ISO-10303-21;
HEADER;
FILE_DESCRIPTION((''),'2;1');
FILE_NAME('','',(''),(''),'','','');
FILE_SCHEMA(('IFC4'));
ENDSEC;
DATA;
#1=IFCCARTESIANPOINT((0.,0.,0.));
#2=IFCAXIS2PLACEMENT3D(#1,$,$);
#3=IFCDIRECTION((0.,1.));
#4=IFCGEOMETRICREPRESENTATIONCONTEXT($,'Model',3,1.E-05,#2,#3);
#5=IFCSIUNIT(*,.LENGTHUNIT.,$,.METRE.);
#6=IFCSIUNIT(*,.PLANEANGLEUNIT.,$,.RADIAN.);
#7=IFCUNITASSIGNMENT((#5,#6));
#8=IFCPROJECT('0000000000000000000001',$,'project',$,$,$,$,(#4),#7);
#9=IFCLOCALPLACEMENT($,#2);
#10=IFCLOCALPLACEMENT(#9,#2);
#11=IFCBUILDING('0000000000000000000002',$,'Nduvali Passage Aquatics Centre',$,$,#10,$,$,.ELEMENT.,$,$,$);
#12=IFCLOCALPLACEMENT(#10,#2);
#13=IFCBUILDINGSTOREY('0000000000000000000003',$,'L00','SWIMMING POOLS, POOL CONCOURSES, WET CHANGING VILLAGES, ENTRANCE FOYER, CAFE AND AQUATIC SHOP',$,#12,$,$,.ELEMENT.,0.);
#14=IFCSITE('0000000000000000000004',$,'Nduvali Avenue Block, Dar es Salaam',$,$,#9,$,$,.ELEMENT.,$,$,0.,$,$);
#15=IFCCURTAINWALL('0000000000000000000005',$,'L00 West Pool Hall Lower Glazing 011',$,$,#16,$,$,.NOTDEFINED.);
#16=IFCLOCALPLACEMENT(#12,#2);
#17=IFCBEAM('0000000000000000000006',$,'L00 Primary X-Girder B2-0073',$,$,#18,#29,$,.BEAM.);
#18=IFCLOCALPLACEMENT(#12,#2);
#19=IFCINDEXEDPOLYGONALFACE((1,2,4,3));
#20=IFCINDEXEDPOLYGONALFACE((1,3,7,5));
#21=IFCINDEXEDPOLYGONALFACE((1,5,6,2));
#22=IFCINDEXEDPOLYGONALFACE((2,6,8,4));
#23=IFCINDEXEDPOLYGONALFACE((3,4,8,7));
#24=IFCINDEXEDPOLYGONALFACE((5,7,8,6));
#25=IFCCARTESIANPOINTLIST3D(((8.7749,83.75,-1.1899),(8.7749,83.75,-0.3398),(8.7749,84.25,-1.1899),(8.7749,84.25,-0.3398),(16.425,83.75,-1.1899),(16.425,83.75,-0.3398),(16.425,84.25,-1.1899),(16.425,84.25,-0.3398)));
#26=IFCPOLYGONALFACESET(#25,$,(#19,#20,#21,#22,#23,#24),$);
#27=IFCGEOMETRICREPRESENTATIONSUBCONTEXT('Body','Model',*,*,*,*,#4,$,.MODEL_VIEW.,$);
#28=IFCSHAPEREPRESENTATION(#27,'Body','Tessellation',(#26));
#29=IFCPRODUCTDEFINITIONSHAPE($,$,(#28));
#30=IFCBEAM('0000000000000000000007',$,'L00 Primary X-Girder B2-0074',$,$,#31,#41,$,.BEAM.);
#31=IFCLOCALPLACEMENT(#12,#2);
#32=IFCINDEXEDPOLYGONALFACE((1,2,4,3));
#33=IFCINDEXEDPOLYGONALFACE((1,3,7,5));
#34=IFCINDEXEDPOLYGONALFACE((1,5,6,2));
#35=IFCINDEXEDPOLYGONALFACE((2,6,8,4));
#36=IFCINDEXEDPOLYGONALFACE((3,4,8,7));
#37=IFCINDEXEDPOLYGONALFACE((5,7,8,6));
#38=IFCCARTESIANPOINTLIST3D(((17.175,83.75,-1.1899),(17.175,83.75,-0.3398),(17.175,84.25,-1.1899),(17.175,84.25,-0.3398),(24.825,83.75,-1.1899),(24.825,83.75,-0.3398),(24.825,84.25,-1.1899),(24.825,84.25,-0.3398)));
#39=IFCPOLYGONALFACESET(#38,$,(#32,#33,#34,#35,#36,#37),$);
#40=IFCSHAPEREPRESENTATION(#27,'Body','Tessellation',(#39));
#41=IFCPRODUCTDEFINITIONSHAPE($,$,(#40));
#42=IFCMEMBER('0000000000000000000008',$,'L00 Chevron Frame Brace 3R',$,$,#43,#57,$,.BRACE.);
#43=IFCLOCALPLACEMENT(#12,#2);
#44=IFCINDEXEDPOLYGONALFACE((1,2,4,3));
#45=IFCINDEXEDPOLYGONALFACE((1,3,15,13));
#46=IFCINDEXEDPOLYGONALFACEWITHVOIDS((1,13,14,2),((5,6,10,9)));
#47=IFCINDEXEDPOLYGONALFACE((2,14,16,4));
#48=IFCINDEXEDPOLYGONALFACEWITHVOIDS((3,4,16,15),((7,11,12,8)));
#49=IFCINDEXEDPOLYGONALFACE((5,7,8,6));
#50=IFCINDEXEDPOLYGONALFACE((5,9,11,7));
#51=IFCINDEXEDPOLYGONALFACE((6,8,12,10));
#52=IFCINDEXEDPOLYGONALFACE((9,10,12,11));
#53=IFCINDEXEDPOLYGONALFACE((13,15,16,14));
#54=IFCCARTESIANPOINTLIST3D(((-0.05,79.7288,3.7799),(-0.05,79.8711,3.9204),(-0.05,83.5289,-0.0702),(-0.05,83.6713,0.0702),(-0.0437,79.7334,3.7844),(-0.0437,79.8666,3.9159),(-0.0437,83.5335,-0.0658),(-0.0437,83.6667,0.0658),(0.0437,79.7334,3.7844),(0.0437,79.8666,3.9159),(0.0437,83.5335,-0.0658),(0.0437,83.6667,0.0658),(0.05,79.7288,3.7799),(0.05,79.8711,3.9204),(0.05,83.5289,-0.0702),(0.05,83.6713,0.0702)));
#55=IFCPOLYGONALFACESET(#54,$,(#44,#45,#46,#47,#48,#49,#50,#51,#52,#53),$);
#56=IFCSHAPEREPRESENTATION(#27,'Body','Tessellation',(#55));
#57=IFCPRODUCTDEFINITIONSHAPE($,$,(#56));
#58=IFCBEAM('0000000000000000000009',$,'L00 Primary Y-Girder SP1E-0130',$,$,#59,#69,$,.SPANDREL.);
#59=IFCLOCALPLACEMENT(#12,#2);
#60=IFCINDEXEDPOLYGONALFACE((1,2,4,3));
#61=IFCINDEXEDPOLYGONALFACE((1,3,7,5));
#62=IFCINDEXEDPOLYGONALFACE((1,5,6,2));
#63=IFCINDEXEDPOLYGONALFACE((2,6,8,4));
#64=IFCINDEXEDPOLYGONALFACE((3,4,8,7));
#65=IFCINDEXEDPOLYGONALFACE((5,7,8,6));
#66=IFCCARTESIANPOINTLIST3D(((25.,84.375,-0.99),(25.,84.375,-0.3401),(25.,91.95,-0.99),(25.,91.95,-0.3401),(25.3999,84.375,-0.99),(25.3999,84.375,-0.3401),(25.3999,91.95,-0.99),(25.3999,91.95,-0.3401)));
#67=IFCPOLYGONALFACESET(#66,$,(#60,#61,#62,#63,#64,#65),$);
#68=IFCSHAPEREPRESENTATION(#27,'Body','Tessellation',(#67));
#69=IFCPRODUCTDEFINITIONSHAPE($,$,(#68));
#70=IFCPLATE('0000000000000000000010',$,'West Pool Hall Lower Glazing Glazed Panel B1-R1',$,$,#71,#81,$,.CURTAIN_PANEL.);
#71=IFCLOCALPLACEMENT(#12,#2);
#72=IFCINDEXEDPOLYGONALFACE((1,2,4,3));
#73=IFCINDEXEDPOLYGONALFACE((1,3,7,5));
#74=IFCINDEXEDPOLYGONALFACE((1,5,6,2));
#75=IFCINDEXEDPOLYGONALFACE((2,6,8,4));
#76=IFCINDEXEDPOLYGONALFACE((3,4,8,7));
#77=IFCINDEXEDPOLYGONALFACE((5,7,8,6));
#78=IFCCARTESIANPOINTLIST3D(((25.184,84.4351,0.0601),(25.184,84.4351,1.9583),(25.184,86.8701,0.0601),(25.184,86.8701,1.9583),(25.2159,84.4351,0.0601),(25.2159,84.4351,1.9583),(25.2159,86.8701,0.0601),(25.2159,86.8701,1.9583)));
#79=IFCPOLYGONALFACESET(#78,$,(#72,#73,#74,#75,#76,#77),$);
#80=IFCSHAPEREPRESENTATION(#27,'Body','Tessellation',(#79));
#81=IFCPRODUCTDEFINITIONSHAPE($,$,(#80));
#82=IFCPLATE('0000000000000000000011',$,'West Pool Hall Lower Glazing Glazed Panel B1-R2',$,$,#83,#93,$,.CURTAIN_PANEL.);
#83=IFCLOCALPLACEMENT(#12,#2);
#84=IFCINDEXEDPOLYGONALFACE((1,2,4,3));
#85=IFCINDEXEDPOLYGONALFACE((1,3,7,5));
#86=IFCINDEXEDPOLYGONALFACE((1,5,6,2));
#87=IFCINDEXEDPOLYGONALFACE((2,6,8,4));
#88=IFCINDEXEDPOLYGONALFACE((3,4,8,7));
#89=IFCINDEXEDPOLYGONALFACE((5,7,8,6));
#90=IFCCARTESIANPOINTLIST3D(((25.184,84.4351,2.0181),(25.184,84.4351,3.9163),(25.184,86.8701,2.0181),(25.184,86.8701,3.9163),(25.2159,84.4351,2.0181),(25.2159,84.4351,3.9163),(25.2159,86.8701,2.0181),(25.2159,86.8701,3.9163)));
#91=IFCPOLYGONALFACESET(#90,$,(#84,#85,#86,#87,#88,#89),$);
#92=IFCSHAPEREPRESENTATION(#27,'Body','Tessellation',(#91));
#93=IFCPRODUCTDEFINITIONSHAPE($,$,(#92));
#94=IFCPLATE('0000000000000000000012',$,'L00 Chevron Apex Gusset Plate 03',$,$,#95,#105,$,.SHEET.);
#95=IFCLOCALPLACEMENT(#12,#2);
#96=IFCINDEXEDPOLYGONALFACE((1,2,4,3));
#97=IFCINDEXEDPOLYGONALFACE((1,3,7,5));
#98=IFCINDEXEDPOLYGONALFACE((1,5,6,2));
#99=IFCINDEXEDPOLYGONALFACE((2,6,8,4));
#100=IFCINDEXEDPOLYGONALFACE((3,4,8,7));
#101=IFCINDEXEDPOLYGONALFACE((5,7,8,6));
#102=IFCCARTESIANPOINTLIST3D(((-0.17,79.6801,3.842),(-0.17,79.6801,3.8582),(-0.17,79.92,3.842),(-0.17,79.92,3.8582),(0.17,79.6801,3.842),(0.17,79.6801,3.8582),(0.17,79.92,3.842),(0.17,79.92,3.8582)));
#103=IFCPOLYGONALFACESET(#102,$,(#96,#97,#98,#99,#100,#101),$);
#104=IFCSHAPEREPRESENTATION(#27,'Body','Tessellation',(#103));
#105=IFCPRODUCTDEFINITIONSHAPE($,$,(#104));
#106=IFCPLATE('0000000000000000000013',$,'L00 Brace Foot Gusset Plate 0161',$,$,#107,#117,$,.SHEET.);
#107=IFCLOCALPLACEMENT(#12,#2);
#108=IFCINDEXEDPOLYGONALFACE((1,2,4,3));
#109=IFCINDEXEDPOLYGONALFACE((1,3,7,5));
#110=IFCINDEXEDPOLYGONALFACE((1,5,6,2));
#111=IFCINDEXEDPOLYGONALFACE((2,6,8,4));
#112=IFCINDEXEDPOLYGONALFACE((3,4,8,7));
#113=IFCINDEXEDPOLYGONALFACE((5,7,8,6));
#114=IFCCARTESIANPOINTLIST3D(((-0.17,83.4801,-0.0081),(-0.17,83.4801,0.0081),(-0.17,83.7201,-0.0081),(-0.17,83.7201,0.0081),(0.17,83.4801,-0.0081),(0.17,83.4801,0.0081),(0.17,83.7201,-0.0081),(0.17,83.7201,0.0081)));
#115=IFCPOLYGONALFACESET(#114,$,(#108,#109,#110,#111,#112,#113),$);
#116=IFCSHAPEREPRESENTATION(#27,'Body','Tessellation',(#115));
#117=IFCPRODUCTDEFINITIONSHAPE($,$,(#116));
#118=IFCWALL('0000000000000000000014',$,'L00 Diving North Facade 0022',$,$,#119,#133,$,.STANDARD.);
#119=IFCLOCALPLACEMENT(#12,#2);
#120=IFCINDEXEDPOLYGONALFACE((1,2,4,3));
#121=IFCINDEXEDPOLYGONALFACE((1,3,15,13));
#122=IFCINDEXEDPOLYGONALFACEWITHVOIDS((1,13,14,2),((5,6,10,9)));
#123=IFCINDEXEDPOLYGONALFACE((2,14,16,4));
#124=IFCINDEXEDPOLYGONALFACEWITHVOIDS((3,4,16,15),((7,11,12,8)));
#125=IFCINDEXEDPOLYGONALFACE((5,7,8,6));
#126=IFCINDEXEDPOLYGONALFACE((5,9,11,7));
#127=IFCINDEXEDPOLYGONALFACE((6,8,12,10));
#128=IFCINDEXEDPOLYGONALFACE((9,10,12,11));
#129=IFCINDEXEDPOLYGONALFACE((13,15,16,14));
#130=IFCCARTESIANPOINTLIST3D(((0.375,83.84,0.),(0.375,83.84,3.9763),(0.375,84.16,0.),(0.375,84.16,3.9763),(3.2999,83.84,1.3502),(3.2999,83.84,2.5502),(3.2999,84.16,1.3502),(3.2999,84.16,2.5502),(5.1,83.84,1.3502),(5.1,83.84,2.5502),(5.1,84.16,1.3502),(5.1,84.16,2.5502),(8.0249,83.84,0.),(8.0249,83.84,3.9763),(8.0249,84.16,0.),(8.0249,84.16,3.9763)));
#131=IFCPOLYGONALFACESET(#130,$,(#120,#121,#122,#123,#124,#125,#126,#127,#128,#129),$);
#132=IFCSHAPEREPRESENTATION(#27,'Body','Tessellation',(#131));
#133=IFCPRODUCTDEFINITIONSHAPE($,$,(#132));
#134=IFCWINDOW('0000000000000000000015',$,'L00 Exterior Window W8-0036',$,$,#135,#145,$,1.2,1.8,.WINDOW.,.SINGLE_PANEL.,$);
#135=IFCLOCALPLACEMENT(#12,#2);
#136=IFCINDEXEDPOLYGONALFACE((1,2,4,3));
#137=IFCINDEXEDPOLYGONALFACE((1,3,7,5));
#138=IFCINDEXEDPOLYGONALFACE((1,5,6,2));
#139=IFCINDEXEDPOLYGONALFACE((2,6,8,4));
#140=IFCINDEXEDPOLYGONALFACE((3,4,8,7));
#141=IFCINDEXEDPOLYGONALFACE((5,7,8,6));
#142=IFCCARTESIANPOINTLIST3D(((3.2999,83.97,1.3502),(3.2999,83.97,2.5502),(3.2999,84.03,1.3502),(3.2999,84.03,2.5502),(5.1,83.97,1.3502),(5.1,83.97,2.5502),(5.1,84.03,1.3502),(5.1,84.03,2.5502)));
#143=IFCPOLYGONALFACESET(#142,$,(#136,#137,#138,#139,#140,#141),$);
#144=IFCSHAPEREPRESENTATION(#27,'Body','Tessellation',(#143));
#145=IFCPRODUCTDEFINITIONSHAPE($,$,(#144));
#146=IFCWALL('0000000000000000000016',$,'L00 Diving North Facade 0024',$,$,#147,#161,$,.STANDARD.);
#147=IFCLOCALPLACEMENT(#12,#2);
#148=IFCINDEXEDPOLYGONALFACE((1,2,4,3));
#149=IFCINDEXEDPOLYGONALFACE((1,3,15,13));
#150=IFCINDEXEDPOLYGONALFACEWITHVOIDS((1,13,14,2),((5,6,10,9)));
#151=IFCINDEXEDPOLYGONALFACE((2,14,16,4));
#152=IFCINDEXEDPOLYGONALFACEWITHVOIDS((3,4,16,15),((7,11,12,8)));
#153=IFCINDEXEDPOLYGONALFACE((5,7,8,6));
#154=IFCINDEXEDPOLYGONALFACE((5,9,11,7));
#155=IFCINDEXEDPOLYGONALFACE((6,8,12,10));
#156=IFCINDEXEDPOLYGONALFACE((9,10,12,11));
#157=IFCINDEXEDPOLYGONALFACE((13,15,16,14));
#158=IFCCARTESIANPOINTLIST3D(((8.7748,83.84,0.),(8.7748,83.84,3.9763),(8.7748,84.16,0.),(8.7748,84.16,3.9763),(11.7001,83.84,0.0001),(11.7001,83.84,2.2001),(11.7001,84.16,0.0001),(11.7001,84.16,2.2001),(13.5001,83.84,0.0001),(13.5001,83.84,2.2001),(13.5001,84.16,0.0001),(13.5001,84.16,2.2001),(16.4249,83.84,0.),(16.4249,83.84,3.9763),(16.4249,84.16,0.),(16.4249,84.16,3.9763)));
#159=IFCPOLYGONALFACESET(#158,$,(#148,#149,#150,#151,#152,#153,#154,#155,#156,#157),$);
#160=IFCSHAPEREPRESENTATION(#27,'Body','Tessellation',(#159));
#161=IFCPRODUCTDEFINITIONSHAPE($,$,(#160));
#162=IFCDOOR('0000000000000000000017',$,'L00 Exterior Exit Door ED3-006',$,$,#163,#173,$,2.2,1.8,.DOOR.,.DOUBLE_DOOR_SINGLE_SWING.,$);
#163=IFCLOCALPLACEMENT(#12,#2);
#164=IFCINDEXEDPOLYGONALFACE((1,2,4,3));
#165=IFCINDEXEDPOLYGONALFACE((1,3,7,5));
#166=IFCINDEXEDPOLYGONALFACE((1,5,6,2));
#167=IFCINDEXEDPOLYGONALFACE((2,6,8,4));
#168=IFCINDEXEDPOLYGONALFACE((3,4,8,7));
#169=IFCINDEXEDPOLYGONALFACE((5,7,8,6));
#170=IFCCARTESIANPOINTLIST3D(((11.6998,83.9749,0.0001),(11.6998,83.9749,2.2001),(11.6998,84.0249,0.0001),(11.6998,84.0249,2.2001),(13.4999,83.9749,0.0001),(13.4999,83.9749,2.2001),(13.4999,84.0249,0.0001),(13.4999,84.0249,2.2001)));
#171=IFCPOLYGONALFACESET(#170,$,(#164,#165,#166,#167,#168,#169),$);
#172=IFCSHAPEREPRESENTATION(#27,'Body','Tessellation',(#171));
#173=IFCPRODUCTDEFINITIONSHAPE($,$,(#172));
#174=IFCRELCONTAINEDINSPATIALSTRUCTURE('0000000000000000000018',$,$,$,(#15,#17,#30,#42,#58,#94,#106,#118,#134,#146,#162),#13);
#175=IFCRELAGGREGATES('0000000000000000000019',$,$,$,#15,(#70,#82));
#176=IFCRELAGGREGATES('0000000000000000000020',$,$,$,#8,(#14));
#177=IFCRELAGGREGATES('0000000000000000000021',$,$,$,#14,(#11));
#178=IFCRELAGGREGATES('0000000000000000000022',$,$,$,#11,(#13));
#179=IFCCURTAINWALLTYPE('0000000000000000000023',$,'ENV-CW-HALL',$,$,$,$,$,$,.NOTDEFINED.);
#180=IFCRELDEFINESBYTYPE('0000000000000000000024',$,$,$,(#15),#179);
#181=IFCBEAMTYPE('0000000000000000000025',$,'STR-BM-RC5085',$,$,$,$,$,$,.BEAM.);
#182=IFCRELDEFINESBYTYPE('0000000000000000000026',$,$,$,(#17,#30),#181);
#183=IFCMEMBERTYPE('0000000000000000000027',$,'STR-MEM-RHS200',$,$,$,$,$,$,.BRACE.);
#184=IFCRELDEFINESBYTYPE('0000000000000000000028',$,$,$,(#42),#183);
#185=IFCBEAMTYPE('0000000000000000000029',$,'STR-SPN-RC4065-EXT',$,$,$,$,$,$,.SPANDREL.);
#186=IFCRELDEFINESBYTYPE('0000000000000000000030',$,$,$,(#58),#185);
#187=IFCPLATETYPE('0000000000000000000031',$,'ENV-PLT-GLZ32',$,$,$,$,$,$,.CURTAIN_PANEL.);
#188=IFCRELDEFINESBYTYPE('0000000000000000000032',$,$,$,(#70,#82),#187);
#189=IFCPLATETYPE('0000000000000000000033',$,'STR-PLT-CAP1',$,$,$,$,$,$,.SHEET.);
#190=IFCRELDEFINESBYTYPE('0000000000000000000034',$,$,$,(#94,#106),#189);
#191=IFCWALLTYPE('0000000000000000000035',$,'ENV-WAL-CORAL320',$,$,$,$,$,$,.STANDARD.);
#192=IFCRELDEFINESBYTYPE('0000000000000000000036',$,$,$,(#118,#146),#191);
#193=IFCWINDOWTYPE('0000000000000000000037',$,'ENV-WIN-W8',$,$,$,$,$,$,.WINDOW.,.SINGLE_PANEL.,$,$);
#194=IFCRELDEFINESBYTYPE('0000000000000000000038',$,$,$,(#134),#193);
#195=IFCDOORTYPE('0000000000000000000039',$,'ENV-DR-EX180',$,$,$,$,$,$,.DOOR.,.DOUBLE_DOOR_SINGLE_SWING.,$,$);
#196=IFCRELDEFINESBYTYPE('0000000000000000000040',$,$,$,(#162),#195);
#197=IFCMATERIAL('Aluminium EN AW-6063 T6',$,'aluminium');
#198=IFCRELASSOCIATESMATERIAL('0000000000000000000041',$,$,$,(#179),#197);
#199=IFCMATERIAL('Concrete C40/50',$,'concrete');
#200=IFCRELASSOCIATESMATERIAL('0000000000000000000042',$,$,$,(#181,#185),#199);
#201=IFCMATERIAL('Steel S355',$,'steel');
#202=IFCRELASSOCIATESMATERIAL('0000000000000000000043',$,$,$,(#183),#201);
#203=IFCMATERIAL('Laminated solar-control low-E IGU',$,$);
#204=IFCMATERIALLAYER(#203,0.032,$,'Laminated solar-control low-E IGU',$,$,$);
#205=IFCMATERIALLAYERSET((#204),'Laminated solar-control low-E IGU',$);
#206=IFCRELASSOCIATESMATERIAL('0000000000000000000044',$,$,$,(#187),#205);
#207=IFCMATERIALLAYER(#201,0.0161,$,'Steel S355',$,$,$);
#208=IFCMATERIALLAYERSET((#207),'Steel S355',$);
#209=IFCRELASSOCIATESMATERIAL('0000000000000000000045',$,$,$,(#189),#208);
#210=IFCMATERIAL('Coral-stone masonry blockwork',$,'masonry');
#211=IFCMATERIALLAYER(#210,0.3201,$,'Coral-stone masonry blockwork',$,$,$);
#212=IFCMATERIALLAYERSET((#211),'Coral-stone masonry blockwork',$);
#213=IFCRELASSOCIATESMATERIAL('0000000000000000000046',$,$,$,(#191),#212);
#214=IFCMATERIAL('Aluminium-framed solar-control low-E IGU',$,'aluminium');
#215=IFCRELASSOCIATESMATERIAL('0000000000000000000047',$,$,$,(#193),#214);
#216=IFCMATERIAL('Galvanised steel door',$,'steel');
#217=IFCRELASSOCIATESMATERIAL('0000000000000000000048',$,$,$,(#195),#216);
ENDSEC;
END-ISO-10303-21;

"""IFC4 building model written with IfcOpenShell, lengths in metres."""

from ifc_helpers import new_model, si_unit, direction, frame, frame_2d, origin, origin_2d, place, context, subcontext, project, spatial, rectangle, hollow_rectangle, extrude, material, layer, layer_set, material_profile, profile_set, type_object, element, fill, aggregate, save


model = new_model("IFC4")

# Units and contexts
model_context = context("Model", 3, precision=1e-05, world=origin(), true_north=direction((0.0, 1.0)))
body_context = subcontext(model_context, "Body", "Model", "MODEL_VIEW")
ifc_project = project(units=[si_unit("LENGTHUNIT", "METRE"), si_unit("PLANEANGLEUNIT", "RADIAN")], contexts=[model_context])

# Site, building, storey
site_placement = place(None, origin())
site = spatial("IfcSite", under=ifc_project, at=site_placement, Name="Nduvali Avenue Block, Dar es Salaam", CompositionType="ELEMENT", RefElevation=0.0)
building_placement = place(site_placement, origin())
building = spatial("IfcBuilding", under=site, at=building_placement, Name="Nduvali Passage Aquatics Centre", CompositionType="ELEMENT")
storey_placement = place(building_placement, origin())
storey = spatial("IfcBuildingStorey", under=building, at=storey_placement, Name="L00", Description="SWIMMING POOLS, POOL CONCOURSES, WET CHANGING VILLAGES, ENTRANCE FOYER, CAFE AND AQUATIC SHOP", CompositionType="ELEMENT", Elevation=0.0)

# Shared definitions
ifc_material_1 = material(Name="Concrete C40/50", Category="concrete")

# Curtain wall
ifc_material_2 = material(Name="Aluminium EN AW-6063 T6", Category="aluminium")
curtain_wall_type = type_object("IfcCurtainWallType", Name="ENV-CW-HALL", PredefinedType="NOTDEFINED", material=ifc_material_2)
curtain_wall_placement = place(storey_placement, origin())
curtain_wall = element("IfcCurtainWall", 1, at=curtain_wall_placement, inside=storey, type_object=curtain_wall_type, Name="L00 West Pool Hall Lower Glazing 011", PredefinedType="NOTDEFINED")

# Beams
ifc_material_profile_1 = material_profile(ifc_material_1, rectangle(XDim=0.5, YDim=0.8501, at=origin_2d()), Name="RC 500x850")
ifc_profile_set_1 = profile_set([ifc_material_profile_1], Name="Concrete C40/50")
beam_type_1 = type_object("IfcBeamType", Name="STR-BM-RC5085", PredefinedType="BEAM", material=ifc_profile_set_1)
beam_1_placement = place(storey_placement, frame((8.7749, 84.0, -0.7649), z_axis=(1.0, 0.0, 0.0), x_axis=(0.0, 1.0, 0.0)))
element("IfcBeam", 2, at=beam_1_placement, inside=storey, type_object=beam_type_1, Name="L00 Primary X-Girder B2-0073", PredefinedType="BEAM", context=body_context, shape_type="SweptSolid", body=[
    extrude(rectangle(XDim=0.5, YDim=0.8501, at=origin_2d()), origin(), (0.0, 0.0, 1.0), 7.6501),
])
beam_2_placement = place(storey_placement, frame((17.175, 84.0, -0.7649), z_axis=(1.0, 0.0, 0.0), x_axis=(0.0, 1.0, 0.0)))
element("IfcBeam", 3, at=beam_2_placement, inside=storey, type_object=beam_type_1, Name="L00 Primary X-Girder B2-0074", PredefinedType="BEAM", context=body_context, shape_type="SweptSolid", body=[
    extrude(rectangle(XDim=0.5, YDim=0.8501, at=origin_2d()), origin(), (0.0, 0.0, 1.0), 7.6499),
])

# Member
ifc_material_3 = material(Name="Steel S355", Category="steel")
ifc_material_profile_2 = material_profile(ifc_material_3, hollow_rectangle(XDim=0.1001, YDim=0.2, WallThickness=0.0063, at=origin_2d()), Name="RHS 200x100x6.3")
ifc_profile_set_2 = profile_set([ifc_material_profile_2], Name="Steel S355")
member_type_1 = type_object("IfcMemberType", Name="STR-MEM-RHS200", PredefinedType="BRACE", material=ifc_profile_set_2)
member_1_placement = place(storey_placement, frame((0.0, 83.6001, 0.0), z_axis=(0.0, -0.702466, 0.711718), x_axis=(1.0, 0.0, 0.0)))
element("IfcMember", 4, at=member_1_placement, inside=storey, type_object=member_type_1, Name="L00 Chevron Frame Brace 3R", PredefinedType="BRACE", context=body_context, shape_type="SweptSolid", body=[
    extrude(hollow_rectangle(XDim=0.1001, YDim=0.2, WallThickness=0.0063, at=origin_2d()), origin(), (0.0, 0.0, 1.0), 5.4097),
])

# Beam
ifc_material_profile_3 = material_profile(ifc_material_1, rectangle(XDim=0.3999, YDim=0.6499, at=origin_2d()), Name="RC 400x650")
ifc_profile_set_3 = profile_set([ifc_material_profile_3], Name="Concrete C40/50")
beam_type_2 = type_object("IfcBeamType", Name="STR-SPN-RC4065-EXT", PredefinedType="SPANDREL", material=ifc_profile_set_3)
beam_3_placement = place(storey_placement, frame((25.2, 84.375, -0.665), z_axis=(0.0, 1.0, 0.0), x_axis=(-1.0, 0.0, 0.0)))
element("IfcBeam", 5, at=beam_3_placement, inside=storey, type_object=beam_type_2, Name="L00 Primary Y-Girder SP1E-0130", PredefinedType="SPANDREL", context=body_context, shape_type="SweptSolid", body=[
    extrude(rectangle(XDim=0.3999, YDim=0.6499, at=origin_2d()), origin(), (0.0, 0.0, 1.0), 7.575),
])

# Plates
ifc_material_4 = material(Name="Laminated solar-control low-E IGU")
ifc_layer_1 = layer(ifc_material_4, 0.032, Name="Laminated solar-control low-E IGU")
ifc_layer_set_1 = layer_set([ifc_layer_1], Name="Laminated solar-control low-E IGU")
plate_type_1 = type_object("IfcPlateType", Name="ENV-PLT-GLZ32", PredefinedType="CURTAIN_PANEL", material=ifc_layer_set_1)
plate_1_placement = place(storey_placement, frame((25.2, 85.6526, 0.0601), z_axis=(0.0, 0.0, 1.0), x_axis=(0.0, 1.0, 0.0)))
plate_1 = element("IfcPlate", 6, at=plate_1_placement, type_object=plate_type_1, Name="West Pool Hall Lower Glazing Glazed Panel B1-R1", PredefinedType="CURTAIN_PANEL", context=body_context, shape_type="SweptSolid", body=[
    extrude(rectangle(XDim=2.4351, YDim=0.032, at=origin_2d()), origin(), (0.0, 0.0, 1.0), 1.8982),
])
plate_2_placement = place(storey_placement, frame((25.2, 85.6526, 2.0181), z_axis=(0.0, 0.0, 1.0), x_axis=(0.0, 1.0, 0.0)))
plate_2 = element("IfcPlate", 7, at=plate_2_placement, type_object=plate_type_1, Name="West Pool Hall Lower Glazing Glazed Panel B1-R2", PredefinedType="CURTAIN_PANEL", context=body_context, shape_type="SweptSolid", body=[
    extrude(rectangle(XDim=2.4351, YDim=0.032, at=origin_2d()), origin(), (0.0, 0.0, 1.0), 1.8982),
])
aggregate(curtain_wall, [plate_1, plate_2])

# Plates
ifc_layer_2 = layer(ifc_material_3, 0.0161, Name="Steel S355")
ifc_layer_set_2 = layer_set([ifc_layer_2], Name="Steel S355")
plate_type_2 = type_object("IfcPlateType", Name="STR-PLT-CAP1", PredefinedType="SHEET", material=ifc_layer_set_2)
for number, where, z_axis, x_axis, name in (
    (8, (0.0, 79.8, 3.842), (0.0, 0.0, 1.0), (1.0, 0.0, 0.0), "L00 Chevron Apex Gusset Plate 03"),
    (9, (0.0, 83.6001, -0.0081), (0.0, 0.0, 1.0), (1.0, 0.0, 0.0), "L00 Brace Foot Gusset Plate 0161"),
):
    element("IfcPlate", number, at=place(storey_placement, frame(where, z_axis=z_axis, x_axis=x_axis)), inside=storey, type_object=plate_type_2, Name=name, PredefinedType="SHEET", context=body_context, shape_type="SweptSolid", body=[
        extrude(rectangle(XDim=0.3401, YDim=0.24, at=origin_2d()), origin(), (0.0, 0.0, 1.0), 0.0161),
    ])

# Wall, opening, window
ifc_material_5 = material(Name="Coral-stone masonry blockwork", Category="masonry")
ifc_layer_3 = layer(ifc_material_5, 0.3201, Name="Coral-stone masonry blockwork")
ifc_layer_set_3 = layer_set([ifc_layer_3], Name="Coral-stone masonry blockwork")
wall_type_1 = type_object("IfcWallType", Name="ENV-WAL-CORAL320", PredefinedType="STANDARD", material=ifc_layer_set_3)
wall_1_placement = place(storey_placement, frame((8.0249, 84.0, 0.0), z_axis=(0.0, 0.0, 1.0), x_axis=(-1.0, 0.0, 0.0)))
wall_1 = element("IfcWall", 10, at=wall_1_placement, inside=storey, type_object=wall_type_1, Name="L00 Diving North Facade 0022", PredefinedType="STANDARD", context=body_context, shape_type="SweptSolid", body=[
    extrude(rectangle(XDim=7.6499, YDim=0.3201, at=frame_2d((3.825, 0.0))), origin(), (0.0, 0.0, 1.0), 3.9763),
])
opening_1_placement = place(wall_1_placement, frame((2.925, 0.0, 1.3501)))
opening_1 = element("IfcOpeningElement", 11, at=opening_1_placement, cuts=wall_1, PredefinedType="OPENING", context=body_context, shape_type="SweptSolid", body=[
    extrude(rectangle(XDim=1.8, YDim=1.2, at=frame_2d((0.8999, 0.6001))), frame((0.0, 0.1748, 0.0), z_axis=(0.0, -1.0, 0.0), x_axis=(1.0, 0.0, 0.0)), (0.0, 0.0, 1.0), 0.3499),
])
ifc_material_6 = material(Name="Aluminium-framed solar-control low-E IGU", Category="aluminium")
window_type = type_object("IfcWindowType", Name="ENV-WIN-W8", PartitioningType="SINGLE_PANEL", PredefinedType="WINDOW", material=ifc_material_6)
window_placement = place(opening_1_placement, origin())
window = element("IfcWindow", 12, at=window_placement, inside=storey, type_object=window_type, Name="L00 Exterior Window W8-0036", OverallHeight=1.2, OverallWidth=1.8, PartitioningType="SINGLE_PANEL", PredefinedType="WINDOW", context=body_context, shape_type="SweptSolid", body=[
    extrude(rectangle(XDim=1.8, YDim=1.2, at=frame_2d((0.8999, 0.6001))), frame((0.0, 0.03, 0.0), z_axis=(0.0, -1.0, 0.0), x_axis=(1.0, 0.0, 0.0)), (0.0, 0.0, 1.0), 0.0601),
])
fill(opening_1, window)

# Wall, opening, door
wall_2_placement = place(storey_placement, frame((16.425, 84.0, 0.0), z_axis=(0.0, 0.0, 1.0), x_axis=(-1.0, 0.0, 0.0)))
wall_2 = element("IfcWall", 13, at=wall_2_placement, inside=storey, type_object=wall_type_1, Name="L00 Diving North Facade 0024", PredefinedType="STANDARD", context=body_context, shape_type="SweptSolid", body=[
    extrude(rectangle(XDim=7.6501, YDim=0.3201, at=frame_2d((3.8252, 0.0))), origin(), (0.0, 0.0, 1.0), 3.9763),
])
opening_2_placement = place(wall_2_placement, frame((2.925, 0.0, 0.0)))
opening_2 = element("IfcOpeningElement", 14, at=opening_2_placement, cuts=wall_2, PredefinedType="OPENING", context=body_context, shape_type="SweptSolid", body=[
    extrude(rectangle(XDim=1.8, YDim=2.2, at=frame_2d((0.8999, 1.1001))), frame((0.0, 0.1748, 0.0), z_axis=(0.0, -1.0, 0.0), x_axis=(1.0, 0.0, 0.0)), (0.0, 0.0, 1.0), 0.3499),
])
ifc_material_7 = material(Name="Galvanised steel door", Category="steel")
door_type_1 = type_object("IfcDoorType", Name="ENV-DR-EX180", OperationType="DOUBLE_DOOR_SINGLE_SWING", PredefinedType="DOOR", material=ifc_material_7)
door_1_placement = place(opening_2_placement, frame((1.8, 0.0, 0.0), z_axis=(0.0, 0.0, 1.0), x_axis=(-1.0, 0.0, 0.0)))
door_1 = element("IfcDoor", 15, at=door_1_placement, inside=storey, type_object=door_type_1, Name="L00 Exterior Exit Door ED3-006", OperationType="DOUBLE_DOOR_SINGLE_SWING", OverallHeight=2.2, OverallWidth=1.8, PredefinedType="DOOR", context=body_context, shape_type="SweptSolid", body=[
    extrude(rectangle(XDim=1.8, YDim=2.2, at=frame_2d((0.8999, 1.1001))), frame((0.0, 0.0249, 0.0), z_axis=(0.0, -1.0, 0.0), x_axis=(1.0, 0.0, 0.0)), (0.0, 0.0, 1.0), 0.05),
])
fill(opening_2, door_1)

save(model, "model.ifc")
